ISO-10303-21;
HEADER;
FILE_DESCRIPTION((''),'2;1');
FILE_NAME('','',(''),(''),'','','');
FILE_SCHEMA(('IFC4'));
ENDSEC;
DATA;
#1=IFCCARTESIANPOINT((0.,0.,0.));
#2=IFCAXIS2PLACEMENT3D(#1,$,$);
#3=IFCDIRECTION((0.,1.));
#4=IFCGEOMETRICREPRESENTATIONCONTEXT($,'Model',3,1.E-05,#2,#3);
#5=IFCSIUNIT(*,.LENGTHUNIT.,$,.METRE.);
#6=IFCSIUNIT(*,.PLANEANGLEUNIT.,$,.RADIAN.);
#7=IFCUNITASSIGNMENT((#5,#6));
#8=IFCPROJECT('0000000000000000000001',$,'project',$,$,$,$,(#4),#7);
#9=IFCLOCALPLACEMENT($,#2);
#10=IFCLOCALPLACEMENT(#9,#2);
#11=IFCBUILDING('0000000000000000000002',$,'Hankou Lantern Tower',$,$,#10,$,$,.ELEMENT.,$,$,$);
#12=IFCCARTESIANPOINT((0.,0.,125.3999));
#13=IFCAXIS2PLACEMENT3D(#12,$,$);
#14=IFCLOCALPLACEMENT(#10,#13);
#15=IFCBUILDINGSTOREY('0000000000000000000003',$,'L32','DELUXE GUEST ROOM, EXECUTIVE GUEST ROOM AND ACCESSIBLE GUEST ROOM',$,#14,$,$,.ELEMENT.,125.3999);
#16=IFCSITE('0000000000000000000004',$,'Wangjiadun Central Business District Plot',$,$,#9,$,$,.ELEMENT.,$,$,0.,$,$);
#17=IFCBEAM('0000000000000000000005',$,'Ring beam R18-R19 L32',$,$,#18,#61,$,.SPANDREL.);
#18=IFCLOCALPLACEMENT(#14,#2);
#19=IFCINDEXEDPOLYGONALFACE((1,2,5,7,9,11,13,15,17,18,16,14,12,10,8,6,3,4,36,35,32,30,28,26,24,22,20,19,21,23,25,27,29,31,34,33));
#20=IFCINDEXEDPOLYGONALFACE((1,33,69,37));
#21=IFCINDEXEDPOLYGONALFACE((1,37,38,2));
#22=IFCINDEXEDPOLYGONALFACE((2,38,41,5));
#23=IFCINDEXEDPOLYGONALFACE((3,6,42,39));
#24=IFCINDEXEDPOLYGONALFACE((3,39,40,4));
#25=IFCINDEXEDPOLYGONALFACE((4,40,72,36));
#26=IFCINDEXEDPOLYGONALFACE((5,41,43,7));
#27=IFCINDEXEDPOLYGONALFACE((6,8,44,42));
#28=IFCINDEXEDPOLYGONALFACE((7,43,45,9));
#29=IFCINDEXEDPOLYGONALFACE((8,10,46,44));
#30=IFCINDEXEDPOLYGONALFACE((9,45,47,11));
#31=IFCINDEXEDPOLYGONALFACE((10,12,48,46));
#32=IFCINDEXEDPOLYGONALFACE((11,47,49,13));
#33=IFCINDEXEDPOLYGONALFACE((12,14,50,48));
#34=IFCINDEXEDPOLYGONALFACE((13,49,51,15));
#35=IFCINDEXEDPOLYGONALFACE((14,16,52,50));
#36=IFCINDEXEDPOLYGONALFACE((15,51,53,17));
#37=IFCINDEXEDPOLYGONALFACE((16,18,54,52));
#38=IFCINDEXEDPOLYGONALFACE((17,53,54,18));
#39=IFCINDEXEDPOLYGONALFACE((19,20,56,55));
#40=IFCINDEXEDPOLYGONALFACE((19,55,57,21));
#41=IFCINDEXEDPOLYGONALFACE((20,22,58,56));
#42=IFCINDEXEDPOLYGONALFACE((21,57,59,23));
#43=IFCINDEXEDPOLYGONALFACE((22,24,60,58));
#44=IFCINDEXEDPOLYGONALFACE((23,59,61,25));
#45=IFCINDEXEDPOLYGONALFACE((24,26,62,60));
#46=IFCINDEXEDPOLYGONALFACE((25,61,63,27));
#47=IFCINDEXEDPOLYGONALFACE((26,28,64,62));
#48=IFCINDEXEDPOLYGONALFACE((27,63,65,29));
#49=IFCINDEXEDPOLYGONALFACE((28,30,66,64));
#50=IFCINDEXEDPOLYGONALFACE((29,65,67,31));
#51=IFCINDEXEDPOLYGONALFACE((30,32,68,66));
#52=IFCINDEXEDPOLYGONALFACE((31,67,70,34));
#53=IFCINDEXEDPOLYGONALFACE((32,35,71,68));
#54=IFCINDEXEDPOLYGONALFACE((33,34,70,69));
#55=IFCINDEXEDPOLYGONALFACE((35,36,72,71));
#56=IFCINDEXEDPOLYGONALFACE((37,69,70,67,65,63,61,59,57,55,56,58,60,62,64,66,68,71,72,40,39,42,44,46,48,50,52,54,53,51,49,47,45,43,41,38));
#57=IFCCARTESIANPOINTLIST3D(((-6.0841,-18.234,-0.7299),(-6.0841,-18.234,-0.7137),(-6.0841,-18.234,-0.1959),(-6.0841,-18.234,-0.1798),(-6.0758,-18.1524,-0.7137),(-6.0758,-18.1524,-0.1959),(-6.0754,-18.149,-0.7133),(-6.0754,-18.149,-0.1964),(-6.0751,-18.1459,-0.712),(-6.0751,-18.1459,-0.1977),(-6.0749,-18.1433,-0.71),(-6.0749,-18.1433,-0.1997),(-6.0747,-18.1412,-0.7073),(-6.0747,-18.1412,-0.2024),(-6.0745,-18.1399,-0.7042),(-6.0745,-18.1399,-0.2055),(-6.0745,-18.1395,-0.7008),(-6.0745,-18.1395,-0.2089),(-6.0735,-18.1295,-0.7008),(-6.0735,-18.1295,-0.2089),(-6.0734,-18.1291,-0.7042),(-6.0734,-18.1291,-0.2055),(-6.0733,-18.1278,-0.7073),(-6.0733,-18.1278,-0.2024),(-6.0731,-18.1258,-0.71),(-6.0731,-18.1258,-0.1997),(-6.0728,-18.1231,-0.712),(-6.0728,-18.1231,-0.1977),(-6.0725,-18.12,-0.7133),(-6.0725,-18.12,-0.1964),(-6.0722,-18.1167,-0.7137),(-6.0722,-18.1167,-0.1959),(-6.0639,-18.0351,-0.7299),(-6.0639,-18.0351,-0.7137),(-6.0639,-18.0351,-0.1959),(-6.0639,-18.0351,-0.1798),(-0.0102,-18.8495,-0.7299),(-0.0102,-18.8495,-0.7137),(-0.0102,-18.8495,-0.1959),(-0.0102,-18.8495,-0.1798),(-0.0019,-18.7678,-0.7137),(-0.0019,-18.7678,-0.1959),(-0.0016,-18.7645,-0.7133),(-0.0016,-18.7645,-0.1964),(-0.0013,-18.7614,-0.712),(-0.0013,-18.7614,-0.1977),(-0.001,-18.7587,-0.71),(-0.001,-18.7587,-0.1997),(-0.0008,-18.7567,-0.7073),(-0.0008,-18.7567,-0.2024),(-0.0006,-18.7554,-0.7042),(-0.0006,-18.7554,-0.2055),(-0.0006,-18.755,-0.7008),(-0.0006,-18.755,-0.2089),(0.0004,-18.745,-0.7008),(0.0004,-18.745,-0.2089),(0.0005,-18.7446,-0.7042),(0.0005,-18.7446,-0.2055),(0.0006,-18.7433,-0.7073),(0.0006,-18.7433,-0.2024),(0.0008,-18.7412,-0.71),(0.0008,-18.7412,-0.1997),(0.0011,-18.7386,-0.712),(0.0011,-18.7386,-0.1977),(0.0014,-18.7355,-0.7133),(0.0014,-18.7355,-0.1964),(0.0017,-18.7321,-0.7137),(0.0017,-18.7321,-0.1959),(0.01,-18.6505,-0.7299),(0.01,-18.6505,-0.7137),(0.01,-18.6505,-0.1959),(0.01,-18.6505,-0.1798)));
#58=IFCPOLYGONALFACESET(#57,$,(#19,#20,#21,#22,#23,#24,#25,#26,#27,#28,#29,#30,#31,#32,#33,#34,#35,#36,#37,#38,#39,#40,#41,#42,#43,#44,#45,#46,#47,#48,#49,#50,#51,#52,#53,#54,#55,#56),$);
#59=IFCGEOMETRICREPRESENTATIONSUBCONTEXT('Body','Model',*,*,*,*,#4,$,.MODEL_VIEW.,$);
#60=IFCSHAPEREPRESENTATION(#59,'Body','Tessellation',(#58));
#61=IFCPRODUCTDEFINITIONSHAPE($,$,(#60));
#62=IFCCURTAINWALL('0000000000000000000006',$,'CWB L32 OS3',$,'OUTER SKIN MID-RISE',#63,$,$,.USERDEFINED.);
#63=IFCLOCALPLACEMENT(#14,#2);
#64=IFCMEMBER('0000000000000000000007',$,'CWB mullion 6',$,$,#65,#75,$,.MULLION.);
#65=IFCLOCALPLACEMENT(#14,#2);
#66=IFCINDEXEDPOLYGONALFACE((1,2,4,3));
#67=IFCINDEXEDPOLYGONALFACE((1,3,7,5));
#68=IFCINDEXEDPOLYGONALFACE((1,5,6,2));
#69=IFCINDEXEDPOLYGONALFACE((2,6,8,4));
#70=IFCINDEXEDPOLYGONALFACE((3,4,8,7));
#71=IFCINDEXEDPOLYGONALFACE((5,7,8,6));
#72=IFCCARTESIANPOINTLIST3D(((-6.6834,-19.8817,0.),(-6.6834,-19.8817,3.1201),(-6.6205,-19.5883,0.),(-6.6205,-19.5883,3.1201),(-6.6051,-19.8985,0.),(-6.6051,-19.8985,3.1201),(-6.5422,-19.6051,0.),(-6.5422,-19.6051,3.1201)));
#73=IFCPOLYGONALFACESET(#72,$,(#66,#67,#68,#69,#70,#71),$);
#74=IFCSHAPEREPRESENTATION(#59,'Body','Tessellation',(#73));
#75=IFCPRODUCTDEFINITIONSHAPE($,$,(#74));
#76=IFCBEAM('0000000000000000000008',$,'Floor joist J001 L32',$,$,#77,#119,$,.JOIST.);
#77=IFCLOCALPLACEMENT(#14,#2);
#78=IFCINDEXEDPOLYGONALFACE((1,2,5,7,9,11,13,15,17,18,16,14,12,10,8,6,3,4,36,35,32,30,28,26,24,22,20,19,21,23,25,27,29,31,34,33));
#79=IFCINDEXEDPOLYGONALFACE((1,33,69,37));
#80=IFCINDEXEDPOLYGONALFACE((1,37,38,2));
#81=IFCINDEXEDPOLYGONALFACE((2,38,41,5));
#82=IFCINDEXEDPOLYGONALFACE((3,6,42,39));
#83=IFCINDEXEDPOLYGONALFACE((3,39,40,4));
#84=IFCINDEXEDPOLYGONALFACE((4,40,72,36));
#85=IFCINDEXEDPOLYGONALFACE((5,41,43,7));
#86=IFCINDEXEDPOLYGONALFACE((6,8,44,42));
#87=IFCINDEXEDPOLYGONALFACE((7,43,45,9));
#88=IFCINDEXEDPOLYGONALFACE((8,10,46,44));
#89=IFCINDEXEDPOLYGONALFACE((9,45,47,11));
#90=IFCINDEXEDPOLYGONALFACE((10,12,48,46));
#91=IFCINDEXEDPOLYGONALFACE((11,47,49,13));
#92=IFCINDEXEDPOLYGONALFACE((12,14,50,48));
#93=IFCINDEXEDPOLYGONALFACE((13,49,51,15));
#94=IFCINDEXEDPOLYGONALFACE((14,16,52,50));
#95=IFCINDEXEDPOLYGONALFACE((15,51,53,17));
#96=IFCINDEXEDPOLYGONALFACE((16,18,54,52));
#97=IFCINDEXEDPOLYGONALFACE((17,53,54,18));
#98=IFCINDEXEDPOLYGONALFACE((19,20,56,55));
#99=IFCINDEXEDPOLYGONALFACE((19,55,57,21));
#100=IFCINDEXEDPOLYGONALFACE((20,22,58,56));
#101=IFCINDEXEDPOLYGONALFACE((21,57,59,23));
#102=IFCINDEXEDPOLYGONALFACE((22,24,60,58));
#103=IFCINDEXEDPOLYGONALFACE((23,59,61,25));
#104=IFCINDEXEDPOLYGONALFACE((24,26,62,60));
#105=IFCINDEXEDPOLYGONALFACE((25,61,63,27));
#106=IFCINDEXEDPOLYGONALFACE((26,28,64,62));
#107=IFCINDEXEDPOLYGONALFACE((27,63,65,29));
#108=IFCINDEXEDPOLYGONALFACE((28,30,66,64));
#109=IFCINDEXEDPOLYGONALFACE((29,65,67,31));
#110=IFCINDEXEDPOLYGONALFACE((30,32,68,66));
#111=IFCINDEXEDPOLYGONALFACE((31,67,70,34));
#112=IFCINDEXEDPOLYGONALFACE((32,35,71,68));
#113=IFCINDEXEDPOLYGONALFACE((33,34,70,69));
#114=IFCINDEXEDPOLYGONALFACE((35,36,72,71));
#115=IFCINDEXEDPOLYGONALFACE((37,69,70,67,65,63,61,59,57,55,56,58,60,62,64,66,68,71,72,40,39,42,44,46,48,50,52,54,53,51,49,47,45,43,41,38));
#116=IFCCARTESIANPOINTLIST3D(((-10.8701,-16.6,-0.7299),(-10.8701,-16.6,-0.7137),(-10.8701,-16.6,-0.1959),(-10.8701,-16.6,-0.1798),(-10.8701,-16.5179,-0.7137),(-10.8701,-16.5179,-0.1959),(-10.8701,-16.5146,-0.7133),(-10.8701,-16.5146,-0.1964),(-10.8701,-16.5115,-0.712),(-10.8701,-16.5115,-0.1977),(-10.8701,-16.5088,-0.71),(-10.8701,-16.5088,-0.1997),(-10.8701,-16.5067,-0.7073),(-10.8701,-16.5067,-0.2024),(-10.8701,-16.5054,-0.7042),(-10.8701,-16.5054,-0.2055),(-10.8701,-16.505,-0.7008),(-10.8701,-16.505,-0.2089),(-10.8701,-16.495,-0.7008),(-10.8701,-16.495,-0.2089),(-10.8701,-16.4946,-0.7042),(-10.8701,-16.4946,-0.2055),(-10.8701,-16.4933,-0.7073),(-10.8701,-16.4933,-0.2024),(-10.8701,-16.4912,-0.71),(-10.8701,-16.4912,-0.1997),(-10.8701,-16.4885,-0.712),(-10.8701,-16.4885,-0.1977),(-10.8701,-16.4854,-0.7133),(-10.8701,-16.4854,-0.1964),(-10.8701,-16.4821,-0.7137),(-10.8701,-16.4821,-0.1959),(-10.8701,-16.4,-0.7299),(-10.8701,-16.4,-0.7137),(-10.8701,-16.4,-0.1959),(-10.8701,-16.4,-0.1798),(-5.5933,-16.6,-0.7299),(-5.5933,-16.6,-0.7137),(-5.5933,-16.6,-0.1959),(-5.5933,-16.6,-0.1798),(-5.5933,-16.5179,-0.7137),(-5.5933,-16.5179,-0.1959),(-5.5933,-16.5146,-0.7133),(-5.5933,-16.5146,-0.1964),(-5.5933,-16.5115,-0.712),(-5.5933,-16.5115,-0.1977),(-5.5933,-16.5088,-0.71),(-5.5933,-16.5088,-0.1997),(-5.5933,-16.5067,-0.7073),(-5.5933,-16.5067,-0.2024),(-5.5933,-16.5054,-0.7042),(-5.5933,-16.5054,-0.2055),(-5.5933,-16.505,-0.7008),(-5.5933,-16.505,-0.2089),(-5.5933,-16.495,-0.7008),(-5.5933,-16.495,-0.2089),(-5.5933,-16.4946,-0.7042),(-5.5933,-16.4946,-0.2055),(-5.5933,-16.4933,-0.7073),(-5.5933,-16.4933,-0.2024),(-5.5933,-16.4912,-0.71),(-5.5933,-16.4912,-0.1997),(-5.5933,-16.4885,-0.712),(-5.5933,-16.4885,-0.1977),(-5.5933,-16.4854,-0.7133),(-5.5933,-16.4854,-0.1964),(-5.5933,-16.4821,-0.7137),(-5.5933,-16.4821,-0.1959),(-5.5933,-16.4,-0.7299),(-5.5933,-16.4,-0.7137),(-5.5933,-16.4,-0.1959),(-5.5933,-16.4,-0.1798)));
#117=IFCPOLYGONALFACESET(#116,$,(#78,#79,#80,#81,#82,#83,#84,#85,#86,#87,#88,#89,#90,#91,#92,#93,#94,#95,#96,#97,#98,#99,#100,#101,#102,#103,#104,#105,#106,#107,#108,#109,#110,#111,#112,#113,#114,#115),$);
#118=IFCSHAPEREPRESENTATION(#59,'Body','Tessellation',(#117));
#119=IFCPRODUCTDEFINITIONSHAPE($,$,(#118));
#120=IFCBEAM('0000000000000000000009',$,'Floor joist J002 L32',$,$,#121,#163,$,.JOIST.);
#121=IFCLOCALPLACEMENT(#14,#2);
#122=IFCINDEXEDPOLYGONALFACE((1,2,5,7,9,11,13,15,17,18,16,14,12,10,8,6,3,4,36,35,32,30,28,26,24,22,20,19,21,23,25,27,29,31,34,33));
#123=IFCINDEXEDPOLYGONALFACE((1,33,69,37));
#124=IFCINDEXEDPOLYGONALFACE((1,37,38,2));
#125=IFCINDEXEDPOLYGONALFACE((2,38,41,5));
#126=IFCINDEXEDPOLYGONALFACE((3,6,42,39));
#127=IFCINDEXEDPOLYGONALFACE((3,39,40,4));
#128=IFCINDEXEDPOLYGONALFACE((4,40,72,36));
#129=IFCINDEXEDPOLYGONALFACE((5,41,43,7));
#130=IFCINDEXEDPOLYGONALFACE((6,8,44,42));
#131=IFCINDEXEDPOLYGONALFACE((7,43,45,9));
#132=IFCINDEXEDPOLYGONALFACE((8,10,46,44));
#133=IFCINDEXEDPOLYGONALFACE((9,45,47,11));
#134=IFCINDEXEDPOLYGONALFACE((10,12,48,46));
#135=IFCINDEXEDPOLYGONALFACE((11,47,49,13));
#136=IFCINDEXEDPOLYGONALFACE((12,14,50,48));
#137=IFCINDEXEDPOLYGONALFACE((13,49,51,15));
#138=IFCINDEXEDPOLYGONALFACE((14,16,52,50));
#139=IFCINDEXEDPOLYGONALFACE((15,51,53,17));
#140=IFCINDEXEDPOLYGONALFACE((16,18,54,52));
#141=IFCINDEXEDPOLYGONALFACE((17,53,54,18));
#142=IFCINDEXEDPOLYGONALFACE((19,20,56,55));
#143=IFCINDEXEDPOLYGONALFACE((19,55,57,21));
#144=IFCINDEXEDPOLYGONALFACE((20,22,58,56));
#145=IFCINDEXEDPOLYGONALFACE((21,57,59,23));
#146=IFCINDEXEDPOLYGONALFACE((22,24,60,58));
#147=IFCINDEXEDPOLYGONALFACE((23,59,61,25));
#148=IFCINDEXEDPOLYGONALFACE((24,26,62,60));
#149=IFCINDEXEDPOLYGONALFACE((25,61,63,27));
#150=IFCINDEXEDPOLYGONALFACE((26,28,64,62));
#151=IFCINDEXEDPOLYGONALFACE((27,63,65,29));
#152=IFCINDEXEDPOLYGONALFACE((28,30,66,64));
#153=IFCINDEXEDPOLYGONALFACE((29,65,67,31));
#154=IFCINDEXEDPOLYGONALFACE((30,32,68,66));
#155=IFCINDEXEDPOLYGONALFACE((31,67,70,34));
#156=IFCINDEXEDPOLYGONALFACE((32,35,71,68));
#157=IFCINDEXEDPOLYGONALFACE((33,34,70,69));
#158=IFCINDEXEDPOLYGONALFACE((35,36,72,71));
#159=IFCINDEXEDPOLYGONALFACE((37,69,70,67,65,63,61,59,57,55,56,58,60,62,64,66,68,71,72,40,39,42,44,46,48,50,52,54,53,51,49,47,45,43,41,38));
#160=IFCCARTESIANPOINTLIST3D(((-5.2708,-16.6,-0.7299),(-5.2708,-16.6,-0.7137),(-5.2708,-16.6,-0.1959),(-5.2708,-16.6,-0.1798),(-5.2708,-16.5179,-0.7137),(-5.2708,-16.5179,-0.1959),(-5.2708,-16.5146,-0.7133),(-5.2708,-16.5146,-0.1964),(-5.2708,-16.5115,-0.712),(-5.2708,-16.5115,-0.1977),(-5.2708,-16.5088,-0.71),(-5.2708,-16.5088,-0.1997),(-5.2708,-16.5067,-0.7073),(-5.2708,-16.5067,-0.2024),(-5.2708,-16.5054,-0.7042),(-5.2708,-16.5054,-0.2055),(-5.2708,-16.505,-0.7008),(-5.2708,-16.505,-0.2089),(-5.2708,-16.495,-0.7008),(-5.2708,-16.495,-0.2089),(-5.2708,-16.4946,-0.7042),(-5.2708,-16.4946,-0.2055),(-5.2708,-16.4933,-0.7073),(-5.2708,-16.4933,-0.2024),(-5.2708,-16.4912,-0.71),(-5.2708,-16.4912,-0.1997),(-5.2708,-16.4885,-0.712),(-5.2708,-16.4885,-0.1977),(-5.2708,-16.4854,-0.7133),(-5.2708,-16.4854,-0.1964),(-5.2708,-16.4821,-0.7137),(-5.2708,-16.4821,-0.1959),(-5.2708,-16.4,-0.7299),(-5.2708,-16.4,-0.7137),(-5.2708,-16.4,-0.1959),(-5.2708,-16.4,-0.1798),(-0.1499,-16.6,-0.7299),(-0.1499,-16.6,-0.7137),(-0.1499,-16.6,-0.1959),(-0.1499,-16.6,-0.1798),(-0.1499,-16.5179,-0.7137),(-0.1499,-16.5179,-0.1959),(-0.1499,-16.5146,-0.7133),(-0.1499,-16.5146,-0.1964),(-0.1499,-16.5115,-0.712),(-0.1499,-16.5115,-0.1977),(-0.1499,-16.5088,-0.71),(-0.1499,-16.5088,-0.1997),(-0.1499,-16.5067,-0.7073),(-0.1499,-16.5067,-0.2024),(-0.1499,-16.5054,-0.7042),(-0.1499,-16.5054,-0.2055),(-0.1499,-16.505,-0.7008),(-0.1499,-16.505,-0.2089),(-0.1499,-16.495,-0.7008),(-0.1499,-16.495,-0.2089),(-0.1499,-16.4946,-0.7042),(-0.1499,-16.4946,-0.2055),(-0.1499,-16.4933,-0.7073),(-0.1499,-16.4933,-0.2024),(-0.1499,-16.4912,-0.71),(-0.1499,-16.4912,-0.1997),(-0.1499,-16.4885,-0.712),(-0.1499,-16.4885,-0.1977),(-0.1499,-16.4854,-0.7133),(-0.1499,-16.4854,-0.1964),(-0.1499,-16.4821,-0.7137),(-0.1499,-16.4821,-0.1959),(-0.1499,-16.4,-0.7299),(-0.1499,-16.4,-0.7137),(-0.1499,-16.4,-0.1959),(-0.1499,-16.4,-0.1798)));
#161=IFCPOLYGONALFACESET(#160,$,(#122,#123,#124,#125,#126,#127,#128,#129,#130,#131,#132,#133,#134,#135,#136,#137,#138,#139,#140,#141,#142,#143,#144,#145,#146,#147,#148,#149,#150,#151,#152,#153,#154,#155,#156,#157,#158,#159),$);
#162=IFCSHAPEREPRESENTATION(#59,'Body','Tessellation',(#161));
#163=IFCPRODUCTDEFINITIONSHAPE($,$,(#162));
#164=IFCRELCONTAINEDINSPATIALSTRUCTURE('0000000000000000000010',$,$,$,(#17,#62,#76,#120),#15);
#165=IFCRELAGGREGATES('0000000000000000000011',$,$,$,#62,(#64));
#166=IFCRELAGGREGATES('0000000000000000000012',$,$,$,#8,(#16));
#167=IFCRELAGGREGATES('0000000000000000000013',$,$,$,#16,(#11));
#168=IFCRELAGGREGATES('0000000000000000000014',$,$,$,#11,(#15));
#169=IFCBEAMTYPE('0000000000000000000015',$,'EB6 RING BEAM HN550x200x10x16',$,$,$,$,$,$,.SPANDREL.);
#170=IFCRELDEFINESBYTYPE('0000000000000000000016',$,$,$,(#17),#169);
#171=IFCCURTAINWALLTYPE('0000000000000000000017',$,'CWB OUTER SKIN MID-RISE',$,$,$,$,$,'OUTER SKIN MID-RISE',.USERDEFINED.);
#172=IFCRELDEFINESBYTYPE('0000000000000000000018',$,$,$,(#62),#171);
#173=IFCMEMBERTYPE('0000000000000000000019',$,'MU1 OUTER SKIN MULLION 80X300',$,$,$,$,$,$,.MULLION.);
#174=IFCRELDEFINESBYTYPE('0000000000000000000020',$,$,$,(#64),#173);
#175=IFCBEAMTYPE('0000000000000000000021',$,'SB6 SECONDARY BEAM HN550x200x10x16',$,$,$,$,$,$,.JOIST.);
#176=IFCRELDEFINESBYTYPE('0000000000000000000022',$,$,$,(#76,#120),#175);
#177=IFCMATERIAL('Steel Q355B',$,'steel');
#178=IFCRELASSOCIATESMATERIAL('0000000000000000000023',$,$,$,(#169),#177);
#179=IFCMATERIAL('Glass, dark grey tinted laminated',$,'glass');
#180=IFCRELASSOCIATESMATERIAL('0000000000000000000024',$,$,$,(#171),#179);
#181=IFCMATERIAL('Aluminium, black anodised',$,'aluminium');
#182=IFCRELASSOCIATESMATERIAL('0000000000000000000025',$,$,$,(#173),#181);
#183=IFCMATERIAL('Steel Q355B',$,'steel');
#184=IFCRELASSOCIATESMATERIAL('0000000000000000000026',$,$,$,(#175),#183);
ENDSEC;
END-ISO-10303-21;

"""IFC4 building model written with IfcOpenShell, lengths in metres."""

from ifc_helpers import new_model, si_unit, direction, frame, origin, origin_2d, place, context, subcontext, project, spatial, rectangle, i_section, extrude, material, material_profile, profile_set, type_object, element, aggregate, save


model = new_model("IFC4")

# Units and contexts
model_context = context("Model", 3, precision=1e-05, world=origin(), true_north=direction((0.0, 1.0)))
body_context = subcontext(model_context, "Body", "Model", "MODEL_VIEW")
ifc_project = project(units=[si_unit("LENGTHUNIT", "METRE"), si_unit("PLANEANGLEUNIT", "RADIAN")], contexts=[model_context])

# Site, building, storey
site_placement = place(None, origin())
site = spatial("IfcSite", under=ifc_project, at=site_placement, Name="Wangjiadun Central Business District Plot", CompositionType="ELEMENT", RefElevation=0.0)
building_placement = place(site_placement, origin())
building = spatial("IfcBuilding", under=site, at=building_placement, Name="Hankou Lantern Tower", CompositionType="ELEMENT")
storey_placement = place(building_placement, frame((0.0, 0.0, 125.3999)))
storey = spatial("IfcBuildingStorey", under=building, at=storey_placement, Name="L32", Description="DELUXE GUEST ROOM, EXECUTIVE GUEST ROOM AND ACCESSIBLE GUEST ROOM", CompositionType="ELEMENT", Elevation=125.3999)

# Beam
ifc_material_1 = material(Name="Steel Q355B", Category="steel")
ifc_material_profile_1 = material_profile(ifc_material_1, i_section(OverallWidth=0.2, OverallDepth=0.55, WebThickness=0.01, FlangeThickness=0.0161, FilletRadius=0.0129, at=origin_2d()), Name="HN550x200x10x16")
ifc_profile_set_1 = profile_set([ifc_material_profile_1], Name="Steel Q355B")
beam_type_1 = type_object("IfcBeamType", Name="EB6 RING BEAM HN550x200x10x16", PredefinedType="SPANDREL", material=ifc_profile_set_1)
beam_1_placement = place(storey_placement, frame((-6.074, -18.1345, -0.4548), z_axis=(0.994905, -0.100814, 0.0), x_axis=(0.100814, 0.994905, 0.0)))
element("IfcBeam", 1, at=beam_1_placement, inside=storey, type_object=beam_type_1, Name="Ring beam R18-R19 L32", PredefinedType="SPANDREL", context=body_context, shape_type="SweptSolid", body=[
    extrude(i_section(OverallWidth=0.2, OverallDepth=0.55, WebThickness=0.01, FlangeThickness=0.0161, FilletRadius=0.0129, at=origin_2d()), origin(), (0.0, 0.0, 1.0), 6.105),
])

# Curtain wall, member
ifc_material_2 = material(Name="Glass, dark grey tinted laminated", Category="glass")
curtain_wall_type = type_object("IfcCurtainWallType", Name="CWB OUTER SKIN MID-RISE", ElementType="OUTER SKIN MID-RISE", PredefinedType="USERDEFINED", material=ifc_material_2)
curtain_wall_placement = place(storey_placement, origin())
curtain_wall = element("IfcCurtainWall", 2, at=curtain_wall_placement, inside=storey, type_object=curtain_wall_type, Name="CWB L32 OS3", ObjectType="OUTER SKIN MID-RISE", PredefinedType="USERDEFINED")
ifc_material_3 = material(Name="Aluminium, black anodised", Category="aluminium")
ifc_material_profile_2 = material_profile(ifc_material_3, rectangle(XDim=0.0801, YDim=0.3, at=origin_2d()), Name="MU1 80X300")
ifc_profile_set_2 = profile_set([ifc_material_profile_2], Name="Aluminium, black anodised")
member_type_1 = type_object("IfcMemberType", Name="MU1 OUTER SKIN MULLION 80X300", PredefinedType="MULLION", material=ifc_profile_set_2)
member_1_placement = place(storey_placement, frame((-6.6128, -19.7434, 0.0), z_axis=(0.0, 0.0, 1.0), x_axis=(0.977788, -0.209598, 0.0)))
member_1 = element("IfcMember", 3, at=member_1_placement, type_object=member_type_1, Name="CWB mullion 6", PredefinedType="MULLION", context=body_context, shape_type="SweptSolid", body=[
    extrude(rectangle(XDim=0.0801, YDim=0.3, at=origin_2d()), origin(), (0.0, 0.0, 1.0), 3.1201),
])

# Beams
ifc_material_4 = material(Name="Steel Q355B", Category="steel")
ifc_material_profile_3 = material_profile(ifc_material_4, i_section(OverallWidth=0.2, OverallDepth=0.55, WebThickness=0.01, FlangeThickness=0.0161, FilletRadius=0.0129, at=origin_2d()), Name="HN550x200x10x16")
ifc_profile_set_3 = profile_set([ifc_material_profile_3], Name="Steel Q355B")
beam_type_2 = type_object("IfcBeamType", Name="SB6 SECONDARY BEAM HN550x200x10x16", PredefinedType="JOIST", material=ifc_profile_set_3)
beam_2_placement = place(storey_placement, frame((-10.8701, -16.5, -0.4548), z_axis=(1.0, 0.0, 0.0), x_axis=(0.0, 1.0, 0.0)))
element("IfcBeam", 4, at=beam_2_placement, inside=storey, type_object=beam_type_2, Name="Floor joist J001 L32", PredefinedType="JOIST", context=body_context, shape_type="SweptSolid", body=[
    extrude(i_section(OverallWidth=0.2, OverallDepth=0.55, WebThickness=0.01, FlangeThickness=0.0161, FilletRadius=0.0129, at=origin_2d()), origin(), (0.0, 0.0, 1.0), 5.2769),
])
beam_3_placement = place(storey_placement, frame((-5.2708, -16.5, -0.4548), z_axis=(1.0, 0.0, 0.0), x_axis=(0.0, 1.0, 0.0)))
element("IfcBeam", 5, at=beam_3_placement, inside=storey, type_object=beam_type_2, Name="Floor joist J002 L32", PredefinedType="JOIST", context=body_context, shape_type="SweptSolid", body=[
    extrude(i_section(OverallWidth=0.2, OverallDepth=0.55, WebThickness=0.01, FlangeThickness=0.0161, FilletRadius=0.0129, at=origin_2d()), origin(), (0.0, 0.0, 1.0), 5.1208),
])

aggregate(curtain_wall, [member_1])

save(model, "model.ifc")
